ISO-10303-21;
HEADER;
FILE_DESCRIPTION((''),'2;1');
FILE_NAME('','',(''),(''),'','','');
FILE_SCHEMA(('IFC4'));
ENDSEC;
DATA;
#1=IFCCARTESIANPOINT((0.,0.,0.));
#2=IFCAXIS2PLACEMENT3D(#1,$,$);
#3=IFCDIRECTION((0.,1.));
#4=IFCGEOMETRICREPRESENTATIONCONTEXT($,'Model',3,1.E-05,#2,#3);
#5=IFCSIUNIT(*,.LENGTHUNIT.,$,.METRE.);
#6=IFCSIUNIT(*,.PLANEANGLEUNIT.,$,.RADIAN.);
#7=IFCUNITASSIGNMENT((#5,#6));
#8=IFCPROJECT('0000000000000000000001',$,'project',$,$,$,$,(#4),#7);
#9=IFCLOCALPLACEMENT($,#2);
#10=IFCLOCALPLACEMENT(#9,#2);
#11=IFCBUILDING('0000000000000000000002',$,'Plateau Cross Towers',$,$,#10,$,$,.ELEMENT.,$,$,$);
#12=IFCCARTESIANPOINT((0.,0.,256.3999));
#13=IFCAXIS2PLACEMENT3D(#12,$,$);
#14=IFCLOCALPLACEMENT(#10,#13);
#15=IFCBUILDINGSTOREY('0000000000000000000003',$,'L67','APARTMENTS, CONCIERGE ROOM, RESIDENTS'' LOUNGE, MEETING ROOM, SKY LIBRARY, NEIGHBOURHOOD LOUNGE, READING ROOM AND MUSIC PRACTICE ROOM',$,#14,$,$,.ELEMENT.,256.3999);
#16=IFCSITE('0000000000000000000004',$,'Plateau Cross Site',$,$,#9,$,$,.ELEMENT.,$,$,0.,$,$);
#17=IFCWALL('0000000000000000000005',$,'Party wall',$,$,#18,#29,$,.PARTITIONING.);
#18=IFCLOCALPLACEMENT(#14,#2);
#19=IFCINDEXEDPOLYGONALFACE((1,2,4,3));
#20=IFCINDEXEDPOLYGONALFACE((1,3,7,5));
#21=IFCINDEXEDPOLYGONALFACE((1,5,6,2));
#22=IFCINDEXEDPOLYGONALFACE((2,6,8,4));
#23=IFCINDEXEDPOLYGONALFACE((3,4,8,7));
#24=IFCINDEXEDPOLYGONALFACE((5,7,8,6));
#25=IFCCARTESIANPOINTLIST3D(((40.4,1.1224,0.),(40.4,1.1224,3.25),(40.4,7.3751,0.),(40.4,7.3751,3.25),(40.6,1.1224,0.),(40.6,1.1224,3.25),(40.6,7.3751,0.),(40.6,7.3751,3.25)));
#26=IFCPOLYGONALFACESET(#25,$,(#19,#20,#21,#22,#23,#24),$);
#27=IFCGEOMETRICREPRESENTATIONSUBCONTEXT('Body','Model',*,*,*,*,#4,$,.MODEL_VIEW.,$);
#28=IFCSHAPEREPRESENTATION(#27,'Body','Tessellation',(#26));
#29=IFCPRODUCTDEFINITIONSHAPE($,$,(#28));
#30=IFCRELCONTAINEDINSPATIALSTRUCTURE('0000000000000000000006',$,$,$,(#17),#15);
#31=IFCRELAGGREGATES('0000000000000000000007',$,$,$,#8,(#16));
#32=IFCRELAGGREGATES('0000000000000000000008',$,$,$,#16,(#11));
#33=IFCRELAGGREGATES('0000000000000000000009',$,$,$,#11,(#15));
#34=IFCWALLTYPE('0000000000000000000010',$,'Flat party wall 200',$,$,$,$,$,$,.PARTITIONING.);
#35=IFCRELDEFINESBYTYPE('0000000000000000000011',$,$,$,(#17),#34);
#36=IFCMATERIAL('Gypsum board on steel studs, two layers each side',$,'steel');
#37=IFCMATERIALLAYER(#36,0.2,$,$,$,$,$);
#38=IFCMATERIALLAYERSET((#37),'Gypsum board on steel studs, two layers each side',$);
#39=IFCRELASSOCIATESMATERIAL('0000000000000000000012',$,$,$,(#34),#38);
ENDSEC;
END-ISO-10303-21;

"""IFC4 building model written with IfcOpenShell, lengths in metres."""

from ifc_helpers import new_model, si_unit, direction, frame, frame_2d, origin, place, context, subcontext, project, spatial, rectangle, extrude, material, layer, layer_set, type_object, element, save


model = new_model("IFC4")

# Units and contexts
model_context = context("Model", 3, precision=1e-05, world=origin(), true_north=direction((0.0, 1.0)))
body_context = subcontext(model_context, "Body", "Model", "MODEL_VIEW")
ifc_project = project(units=[si_unit("LENGTHUNIT", "METRE"), si_unit("PLANEANGLEUNIT", "RADIAN")], contexts=[model_context])

# Site, building, storey
site_placement = place(None, origin())
site = spatial("IfcSite", under=ifc_project, at=site_placement, Name="Plateau Cross Site", CompositionType="ELEMENT", RefElevation=0.0)
building_placement = place(site_placement, origin())
building = spatial("IfcBuilding", under=site, at=building_placement, Name="Plateau Cross Towers", CompositionType="ELEMENT")
storey_placement = place(building_placement, frame((0.0, 0.0, 256.3999)))
storey = spatial("IfcBuildingStorey", under=building, at=storey_placement, Name="L67", Description="APARTMENTS, CONCIERGE ROOM, RESIDENTS' LOUNGE, MEETING ROOM, SKY LIBRARY, NEIGHBOURHOOD LOUNGE, READING ROOM AND MUSIC PRACTICE ROOM", CompositionType="ELEMENT", Elevation=256.3999)

# Wall
ifc_material_1 = material(Name="Gypsum board on steel studs, two layers each side", Category="steel")
ifc_layer_1 = layer(ifc_material_1, 0.2)
ifc_layer_set_1 = layer_set([ifc_layer_1], Name="Gypsum board on steel studs, two layers each side")
wall_type_1 = type_object("IfcWallType", Name="Flat party wall 200", PredefinedType="PARTITIONING", material=ifc_layer_set_1)
wall_1_placement = place(storey_placement, frame((40.5, 1.1223, 0.0), z_axis=(0.0, 0.0, 1.0), x_axis=(0.0, 1.0, 0.0)))
element("IfcWall", 1, at=wall_1_placement, inside=storey, type_object=wall_type_1, Name="Party wall", PredefinedType="PARTITIONING", context=body_context, shape_type="SweptSolid", body=[
    extrude(rectangle(XDim=6.2527, YDim=0.2, at=frame_2d((3.1265, 0.0))), origin(), (0.0, 0.0, 1.0), 3.25),
])

save(model, "model.ifc")
